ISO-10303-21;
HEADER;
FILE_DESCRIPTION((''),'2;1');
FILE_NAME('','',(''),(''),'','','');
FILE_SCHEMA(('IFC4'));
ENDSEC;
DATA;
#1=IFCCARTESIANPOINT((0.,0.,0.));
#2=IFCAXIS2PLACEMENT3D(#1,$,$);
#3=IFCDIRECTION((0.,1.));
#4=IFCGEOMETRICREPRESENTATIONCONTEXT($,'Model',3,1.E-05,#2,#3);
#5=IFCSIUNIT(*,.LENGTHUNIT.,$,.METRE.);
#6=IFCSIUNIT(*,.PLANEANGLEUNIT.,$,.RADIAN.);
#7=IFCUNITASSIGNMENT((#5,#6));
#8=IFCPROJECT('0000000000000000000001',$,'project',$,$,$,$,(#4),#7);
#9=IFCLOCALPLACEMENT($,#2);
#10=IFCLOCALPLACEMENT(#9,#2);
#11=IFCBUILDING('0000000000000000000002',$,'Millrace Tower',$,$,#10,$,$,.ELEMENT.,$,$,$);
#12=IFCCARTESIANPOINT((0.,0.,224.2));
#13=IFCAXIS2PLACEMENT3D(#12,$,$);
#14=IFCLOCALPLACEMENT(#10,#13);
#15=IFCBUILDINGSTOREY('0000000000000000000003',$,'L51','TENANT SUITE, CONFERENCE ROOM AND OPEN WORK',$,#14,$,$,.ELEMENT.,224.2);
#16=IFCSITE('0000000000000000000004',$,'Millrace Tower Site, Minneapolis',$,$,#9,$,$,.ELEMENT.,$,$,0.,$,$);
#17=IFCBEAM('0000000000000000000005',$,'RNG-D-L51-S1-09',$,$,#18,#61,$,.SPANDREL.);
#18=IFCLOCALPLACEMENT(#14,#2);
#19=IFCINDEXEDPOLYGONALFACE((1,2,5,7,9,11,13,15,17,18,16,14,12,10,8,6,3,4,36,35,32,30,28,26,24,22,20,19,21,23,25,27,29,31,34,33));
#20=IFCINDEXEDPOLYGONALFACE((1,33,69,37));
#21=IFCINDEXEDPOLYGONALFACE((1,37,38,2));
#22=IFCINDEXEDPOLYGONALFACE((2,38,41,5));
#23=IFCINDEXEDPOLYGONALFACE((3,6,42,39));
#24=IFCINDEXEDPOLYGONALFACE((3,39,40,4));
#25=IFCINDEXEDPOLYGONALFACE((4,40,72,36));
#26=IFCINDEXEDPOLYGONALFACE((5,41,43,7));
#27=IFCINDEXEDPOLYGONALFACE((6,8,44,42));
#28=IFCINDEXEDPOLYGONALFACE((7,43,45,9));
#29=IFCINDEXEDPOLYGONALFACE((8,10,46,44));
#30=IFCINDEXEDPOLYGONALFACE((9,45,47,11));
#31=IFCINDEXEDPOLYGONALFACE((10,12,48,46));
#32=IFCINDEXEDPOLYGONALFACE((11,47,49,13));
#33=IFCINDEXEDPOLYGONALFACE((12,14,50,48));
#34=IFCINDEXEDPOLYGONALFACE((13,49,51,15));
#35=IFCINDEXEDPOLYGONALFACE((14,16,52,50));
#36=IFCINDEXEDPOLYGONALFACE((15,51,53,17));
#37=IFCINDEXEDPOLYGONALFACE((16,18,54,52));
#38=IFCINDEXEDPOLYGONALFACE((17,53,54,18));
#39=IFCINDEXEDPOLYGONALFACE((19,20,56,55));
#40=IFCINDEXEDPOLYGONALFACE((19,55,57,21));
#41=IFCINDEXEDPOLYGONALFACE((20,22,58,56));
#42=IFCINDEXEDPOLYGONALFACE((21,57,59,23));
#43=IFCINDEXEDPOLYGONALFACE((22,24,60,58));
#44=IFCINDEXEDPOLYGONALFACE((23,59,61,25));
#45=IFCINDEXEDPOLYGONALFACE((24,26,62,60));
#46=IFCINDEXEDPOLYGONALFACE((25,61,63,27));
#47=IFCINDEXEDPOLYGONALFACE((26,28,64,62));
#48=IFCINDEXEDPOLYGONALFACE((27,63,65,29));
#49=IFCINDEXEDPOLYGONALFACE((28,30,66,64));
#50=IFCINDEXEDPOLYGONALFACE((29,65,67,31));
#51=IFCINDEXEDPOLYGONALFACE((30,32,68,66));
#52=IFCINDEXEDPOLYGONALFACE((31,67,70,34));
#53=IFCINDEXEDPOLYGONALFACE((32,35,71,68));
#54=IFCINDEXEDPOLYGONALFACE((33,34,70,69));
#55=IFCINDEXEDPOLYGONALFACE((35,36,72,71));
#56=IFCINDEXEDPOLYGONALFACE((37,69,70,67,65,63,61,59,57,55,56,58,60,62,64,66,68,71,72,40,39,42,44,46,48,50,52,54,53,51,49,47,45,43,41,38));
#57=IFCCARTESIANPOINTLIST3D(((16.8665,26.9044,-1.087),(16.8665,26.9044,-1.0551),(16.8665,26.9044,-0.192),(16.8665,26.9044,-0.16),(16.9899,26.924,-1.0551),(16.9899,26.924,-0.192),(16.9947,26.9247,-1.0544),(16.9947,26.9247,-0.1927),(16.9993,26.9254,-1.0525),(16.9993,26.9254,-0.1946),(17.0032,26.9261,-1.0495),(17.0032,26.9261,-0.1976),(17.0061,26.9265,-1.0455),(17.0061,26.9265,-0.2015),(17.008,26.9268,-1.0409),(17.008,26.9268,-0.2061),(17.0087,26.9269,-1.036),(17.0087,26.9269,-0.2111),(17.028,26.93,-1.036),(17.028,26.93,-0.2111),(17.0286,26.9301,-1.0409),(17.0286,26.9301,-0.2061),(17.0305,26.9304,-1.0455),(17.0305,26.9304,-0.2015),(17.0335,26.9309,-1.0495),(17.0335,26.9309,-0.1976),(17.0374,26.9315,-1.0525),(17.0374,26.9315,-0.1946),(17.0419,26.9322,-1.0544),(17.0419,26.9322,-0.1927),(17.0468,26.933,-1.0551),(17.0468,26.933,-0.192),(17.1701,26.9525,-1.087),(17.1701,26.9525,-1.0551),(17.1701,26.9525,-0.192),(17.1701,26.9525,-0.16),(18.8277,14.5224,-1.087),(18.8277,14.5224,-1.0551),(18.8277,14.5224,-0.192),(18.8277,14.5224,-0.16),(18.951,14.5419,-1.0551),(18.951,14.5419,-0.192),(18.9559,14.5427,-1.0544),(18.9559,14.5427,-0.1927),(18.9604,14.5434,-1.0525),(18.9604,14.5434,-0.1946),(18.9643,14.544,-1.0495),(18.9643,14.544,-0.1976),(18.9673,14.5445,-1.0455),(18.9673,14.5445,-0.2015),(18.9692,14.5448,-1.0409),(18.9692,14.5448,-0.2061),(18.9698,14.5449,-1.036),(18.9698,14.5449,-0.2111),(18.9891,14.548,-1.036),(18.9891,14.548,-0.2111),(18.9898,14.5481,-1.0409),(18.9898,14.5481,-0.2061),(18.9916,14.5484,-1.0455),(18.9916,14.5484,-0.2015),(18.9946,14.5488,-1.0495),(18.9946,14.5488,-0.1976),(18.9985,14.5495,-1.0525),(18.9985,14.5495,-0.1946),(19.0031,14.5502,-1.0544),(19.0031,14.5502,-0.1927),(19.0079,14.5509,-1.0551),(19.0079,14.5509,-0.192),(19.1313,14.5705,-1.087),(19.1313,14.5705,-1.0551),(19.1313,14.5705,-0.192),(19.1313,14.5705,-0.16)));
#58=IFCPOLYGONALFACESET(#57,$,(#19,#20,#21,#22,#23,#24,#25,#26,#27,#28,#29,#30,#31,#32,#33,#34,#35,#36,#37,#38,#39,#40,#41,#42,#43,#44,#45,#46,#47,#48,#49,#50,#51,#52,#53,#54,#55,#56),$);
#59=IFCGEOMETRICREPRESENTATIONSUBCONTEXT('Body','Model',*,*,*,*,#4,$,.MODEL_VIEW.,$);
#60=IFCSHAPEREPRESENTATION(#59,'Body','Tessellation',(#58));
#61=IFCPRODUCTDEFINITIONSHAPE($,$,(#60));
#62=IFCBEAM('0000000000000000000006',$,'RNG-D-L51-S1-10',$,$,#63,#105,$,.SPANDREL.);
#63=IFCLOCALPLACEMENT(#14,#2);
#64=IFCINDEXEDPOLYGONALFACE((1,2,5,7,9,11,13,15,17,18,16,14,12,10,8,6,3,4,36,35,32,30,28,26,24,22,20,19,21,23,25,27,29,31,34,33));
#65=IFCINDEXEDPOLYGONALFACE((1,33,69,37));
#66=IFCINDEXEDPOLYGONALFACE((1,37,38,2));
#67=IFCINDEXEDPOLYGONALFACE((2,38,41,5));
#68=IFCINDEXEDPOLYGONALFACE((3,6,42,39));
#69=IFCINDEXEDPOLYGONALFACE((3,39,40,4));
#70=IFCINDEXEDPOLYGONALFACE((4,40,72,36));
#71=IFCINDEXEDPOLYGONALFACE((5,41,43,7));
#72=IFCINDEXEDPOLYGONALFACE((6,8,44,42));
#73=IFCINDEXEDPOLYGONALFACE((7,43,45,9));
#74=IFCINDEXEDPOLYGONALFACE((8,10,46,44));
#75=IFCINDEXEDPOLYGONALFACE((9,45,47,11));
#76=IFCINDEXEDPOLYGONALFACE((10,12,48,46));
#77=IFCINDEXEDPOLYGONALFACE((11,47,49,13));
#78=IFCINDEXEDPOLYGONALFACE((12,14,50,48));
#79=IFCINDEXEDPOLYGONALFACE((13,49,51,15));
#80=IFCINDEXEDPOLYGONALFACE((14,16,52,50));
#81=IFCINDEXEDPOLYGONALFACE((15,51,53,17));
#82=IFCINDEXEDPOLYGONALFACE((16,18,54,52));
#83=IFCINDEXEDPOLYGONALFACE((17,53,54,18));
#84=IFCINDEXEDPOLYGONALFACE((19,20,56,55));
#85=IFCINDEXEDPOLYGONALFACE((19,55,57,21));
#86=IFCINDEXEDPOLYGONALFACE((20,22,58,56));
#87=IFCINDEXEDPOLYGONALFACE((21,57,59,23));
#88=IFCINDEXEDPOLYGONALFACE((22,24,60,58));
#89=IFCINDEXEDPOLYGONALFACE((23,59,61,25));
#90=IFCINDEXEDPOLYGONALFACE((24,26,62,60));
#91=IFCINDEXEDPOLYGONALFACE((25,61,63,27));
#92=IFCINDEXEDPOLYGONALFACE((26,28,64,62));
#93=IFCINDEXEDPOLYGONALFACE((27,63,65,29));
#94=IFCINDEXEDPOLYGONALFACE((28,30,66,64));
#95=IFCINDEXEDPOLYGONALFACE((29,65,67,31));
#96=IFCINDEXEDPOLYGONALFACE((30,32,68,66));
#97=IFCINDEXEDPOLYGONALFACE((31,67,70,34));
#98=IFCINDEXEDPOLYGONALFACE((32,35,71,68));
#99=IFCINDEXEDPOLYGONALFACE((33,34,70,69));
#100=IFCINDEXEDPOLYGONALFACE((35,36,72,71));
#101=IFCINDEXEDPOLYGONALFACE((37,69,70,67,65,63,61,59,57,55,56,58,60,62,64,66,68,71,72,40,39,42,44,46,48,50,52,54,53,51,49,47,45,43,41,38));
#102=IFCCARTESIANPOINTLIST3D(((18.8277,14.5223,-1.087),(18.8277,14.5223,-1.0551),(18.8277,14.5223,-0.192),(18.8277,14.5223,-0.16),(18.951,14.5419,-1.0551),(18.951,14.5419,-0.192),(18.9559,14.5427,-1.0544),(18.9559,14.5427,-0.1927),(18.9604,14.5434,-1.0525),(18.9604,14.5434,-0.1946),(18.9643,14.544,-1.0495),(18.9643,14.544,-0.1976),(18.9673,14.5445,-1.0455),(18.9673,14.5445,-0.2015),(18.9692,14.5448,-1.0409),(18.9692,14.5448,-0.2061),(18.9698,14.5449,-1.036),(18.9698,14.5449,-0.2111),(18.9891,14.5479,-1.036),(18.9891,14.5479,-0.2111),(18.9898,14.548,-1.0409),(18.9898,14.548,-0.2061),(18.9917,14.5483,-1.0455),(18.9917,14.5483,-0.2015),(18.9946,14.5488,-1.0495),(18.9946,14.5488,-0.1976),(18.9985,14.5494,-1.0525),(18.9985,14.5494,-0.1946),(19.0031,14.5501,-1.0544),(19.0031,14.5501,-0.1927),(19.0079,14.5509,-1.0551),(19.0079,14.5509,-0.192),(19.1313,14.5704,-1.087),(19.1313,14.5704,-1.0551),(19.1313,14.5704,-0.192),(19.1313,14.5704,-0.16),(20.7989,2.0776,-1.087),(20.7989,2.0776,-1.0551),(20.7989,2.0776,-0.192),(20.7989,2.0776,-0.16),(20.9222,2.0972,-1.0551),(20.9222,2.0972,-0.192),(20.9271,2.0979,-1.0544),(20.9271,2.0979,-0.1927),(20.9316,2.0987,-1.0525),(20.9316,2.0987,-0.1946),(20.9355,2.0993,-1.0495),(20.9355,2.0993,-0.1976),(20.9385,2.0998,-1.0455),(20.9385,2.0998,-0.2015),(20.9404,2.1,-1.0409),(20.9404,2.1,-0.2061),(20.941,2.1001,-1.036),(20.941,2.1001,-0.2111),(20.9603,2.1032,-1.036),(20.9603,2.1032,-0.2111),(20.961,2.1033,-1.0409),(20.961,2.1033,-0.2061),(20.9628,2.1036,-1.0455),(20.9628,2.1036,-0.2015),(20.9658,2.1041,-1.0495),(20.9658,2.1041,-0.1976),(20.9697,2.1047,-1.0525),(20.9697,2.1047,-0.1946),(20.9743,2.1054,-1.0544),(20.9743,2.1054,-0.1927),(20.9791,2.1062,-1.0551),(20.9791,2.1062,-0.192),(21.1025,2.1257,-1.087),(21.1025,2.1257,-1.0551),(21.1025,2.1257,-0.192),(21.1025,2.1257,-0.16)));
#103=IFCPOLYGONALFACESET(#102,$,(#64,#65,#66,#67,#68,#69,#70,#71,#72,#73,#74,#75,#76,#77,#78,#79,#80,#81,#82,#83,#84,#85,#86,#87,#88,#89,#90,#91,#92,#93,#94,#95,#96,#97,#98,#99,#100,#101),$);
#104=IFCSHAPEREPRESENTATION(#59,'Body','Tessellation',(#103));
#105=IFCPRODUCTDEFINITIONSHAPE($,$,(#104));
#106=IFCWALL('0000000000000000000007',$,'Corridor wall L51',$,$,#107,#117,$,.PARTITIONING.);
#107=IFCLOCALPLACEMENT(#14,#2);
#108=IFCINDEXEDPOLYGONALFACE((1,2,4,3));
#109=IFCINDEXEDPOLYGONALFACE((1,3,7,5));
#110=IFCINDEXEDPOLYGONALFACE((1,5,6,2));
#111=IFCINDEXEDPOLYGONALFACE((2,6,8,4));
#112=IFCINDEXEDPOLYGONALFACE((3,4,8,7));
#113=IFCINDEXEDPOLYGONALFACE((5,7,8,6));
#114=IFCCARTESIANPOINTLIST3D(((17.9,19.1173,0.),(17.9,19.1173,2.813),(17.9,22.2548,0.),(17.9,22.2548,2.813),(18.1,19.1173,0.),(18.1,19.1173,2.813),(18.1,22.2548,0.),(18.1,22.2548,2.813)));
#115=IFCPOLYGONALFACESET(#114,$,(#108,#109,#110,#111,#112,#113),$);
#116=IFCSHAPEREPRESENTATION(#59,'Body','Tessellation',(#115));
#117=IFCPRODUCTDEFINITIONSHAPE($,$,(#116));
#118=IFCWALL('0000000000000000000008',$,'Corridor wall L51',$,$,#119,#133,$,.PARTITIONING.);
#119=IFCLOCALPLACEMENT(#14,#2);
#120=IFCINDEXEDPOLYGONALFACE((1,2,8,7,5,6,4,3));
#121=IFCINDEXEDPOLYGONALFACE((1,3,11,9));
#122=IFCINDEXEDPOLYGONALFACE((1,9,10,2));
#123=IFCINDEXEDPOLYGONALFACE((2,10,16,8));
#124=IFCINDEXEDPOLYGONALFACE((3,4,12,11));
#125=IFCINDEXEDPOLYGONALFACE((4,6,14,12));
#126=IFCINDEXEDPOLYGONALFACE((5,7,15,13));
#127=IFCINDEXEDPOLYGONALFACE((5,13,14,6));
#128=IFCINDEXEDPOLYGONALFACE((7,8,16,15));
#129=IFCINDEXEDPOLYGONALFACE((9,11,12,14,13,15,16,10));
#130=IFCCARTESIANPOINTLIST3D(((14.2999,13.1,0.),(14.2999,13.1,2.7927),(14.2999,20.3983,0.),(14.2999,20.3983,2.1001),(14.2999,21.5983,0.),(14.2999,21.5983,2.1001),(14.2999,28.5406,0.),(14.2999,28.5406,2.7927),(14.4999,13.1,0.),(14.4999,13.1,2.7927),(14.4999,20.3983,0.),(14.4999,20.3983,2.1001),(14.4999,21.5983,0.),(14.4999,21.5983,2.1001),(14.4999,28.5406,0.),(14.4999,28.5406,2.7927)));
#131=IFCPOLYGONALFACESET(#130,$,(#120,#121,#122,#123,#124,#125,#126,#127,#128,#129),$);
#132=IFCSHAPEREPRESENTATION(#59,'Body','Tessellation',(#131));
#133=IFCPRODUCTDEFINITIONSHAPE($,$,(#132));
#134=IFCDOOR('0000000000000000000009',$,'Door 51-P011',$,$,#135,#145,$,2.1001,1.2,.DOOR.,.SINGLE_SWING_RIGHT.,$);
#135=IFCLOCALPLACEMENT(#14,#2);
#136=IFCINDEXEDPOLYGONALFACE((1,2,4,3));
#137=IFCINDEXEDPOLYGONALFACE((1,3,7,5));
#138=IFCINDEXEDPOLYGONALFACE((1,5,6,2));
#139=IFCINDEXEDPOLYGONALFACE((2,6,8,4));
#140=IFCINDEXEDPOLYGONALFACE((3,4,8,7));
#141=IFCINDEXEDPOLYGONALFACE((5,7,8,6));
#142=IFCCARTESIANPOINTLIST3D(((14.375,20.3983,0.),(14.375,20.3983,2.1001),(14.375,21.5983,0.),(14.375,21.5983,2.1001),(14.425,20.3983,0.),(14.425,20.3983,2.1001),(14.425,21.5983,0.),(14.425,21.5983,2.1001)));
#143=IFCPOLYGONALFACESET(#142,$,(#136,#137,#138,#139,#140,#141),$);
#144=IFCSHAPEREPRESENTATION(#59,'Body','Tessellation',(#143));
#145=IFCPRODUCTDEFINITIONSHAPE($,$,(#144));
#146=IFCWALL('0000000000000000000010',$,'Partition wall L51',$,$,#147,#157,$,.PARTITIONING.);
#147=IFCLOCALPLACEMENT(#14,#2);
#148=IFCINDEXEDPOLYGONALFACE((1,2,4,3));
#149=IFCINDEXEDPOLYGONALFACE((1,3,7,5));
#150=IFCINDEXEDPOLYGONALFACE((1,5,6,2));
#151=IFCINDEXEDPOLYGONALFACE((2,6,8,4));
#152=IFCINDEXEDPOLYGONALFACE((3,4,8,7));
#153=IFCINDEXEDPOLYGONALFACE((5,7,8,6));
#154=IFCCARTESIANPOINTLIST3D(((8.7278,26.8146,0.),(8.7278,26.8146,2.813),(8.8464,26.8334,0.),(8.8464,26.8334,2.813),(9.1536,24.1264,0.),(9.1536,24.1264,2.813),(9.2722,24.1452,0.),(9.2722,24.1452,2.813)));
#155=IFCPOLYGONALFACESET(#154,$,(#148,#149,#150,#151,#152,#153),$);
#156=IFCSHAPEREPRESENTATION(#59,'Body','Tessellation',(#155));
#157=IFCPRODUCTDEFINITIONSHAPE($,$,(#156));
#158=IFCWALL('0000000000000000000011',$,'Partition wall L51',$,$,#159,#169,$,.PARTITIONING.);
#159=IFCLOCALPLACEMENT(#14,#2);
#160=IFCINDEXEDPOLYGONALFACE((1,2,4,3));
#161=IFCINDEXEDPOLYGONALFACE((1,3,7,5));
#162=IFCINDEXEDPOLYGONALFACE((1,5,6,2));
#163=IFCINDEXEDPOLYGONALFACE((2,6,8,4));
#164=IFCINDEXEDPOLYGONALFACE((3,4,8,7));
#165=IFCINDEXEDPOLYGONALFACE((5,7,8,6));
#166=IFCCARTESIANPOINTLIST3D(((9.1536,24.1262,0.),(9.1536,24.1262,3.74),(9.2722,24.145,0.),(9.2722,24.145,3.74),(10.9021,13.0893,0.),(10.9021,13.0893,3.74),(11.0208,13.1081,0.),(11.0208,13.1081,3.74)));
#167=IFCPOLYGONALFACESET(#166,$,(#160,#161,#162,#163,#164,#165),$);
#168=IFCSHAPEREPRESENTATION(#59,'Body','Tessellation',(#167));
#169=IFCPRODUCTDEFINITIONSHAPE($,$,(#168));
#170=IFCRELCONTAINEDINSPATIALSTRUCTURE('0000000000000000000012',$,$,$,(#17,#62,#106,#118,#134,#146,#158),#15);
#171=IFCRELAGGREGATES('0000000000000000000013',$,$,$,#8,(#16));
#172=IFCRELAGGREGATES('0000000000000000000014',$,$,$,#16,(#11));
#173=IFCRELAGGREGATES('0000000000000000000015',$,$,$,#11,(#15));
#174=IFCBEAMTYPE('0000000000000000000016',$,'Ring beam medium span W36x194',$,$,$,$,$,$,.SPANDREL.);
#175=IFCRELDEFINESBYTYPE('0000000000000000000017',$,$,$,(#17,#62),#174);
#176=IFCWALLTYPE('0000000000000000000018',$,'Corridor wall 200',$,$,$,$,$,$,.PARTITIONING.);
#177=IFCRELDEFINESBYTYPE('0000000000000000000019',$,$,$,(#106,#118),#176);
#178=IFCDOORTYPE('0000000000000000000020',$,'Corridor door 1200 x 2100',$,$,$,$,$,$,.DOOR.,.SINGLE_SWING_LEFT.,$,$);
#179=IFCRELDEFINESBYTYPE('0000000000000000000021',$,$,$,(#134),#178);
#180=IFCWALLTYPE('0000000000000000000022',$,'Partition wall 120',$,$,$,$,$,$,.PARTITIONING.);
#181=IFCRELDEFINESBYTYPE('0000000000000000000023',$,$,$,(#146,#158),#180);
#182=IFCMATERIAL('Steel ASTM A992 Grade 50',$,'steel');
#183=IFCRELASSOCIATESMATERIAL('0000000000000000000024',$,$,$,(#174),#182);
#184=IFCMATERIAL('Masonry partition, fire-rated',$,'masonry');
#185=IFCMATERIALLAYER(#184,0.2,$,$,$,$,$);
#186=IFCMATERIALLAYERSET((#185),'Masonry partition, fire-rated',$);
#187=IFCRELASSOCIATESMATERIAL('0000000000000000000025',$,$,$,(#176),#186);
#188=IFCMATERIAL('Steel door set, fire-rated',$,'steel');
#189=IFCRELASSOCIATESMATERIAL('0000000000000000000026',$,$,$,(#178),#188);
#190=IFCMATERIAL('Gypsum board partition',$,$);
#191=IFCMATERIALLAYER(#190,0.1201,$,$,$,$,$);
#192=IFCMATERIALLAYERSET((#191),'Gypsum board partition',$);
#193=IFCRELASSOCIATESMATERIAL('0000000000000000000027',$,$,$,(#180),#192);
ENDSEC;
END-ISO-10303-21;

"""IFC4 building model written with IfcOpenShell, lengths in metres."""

from ifc_helpers import new_model, si_unit, direction, frame, frame_2d, origin, origin_2d, place, context, subcontext, project, spatial, rectangle, i_section, extrude, material, layer, layer_set, material_profile, profile_set, type_object, element, fill, save


model = new_model("IFC4")

# Units and contexts
model_context = context("Model", 3, precision=1e-05, world=origin(), true_north=direction((0.0, 1.0)))
body_context = subcontext(model_context, "Body", "Model", "MODEL_VIEW")
ifc_project = project(units=[si_unit("LENGTHUNIT", "METRE"), si_unit("PLANEANGLEUNIT", "RADIAN")], contexts=[model_context])

# Site, building, storey
site_placement = place(None, origin())
site = spatial("IfcSite", under=ifc_project, at=site_placement, Name="Millrace Tower Site, Minneapolis", CompositionType="ELEMENT", RefElevation=0.0)
building_placement = place(site_placement, origin())
building = spatial("IfcBuilding", under=site, at=building_placement, Name="Millrace Tower", CompositionType="ELEMENT")
storey_placement = place(building_placement, frame((0.0, 0.0, 224.2)))
storey = spatial("IfcBuildingStorey", under=building, at=storey_placement, Name="L51", Description="TENANT SUITE, CONFERENCE ROOM AND OPEN WORK", CompositionType="ELEMENT", Elevation=224.2)

# Beams
ifc_material_1 = material(Name="Steel ASTM A992 Grade 50", Category="steel")
ifc_material_profile_1 = material_profile(ifc_material_1, i_section(OverallWidth=0.3074, OverallDepth=0.927, WebThickness=0.0195, FlangeThickness=0.032, FilletRadius=0.019, at=origin_2d()))
ifc_profile_set_1 = profile_set([ifc_material_profile_1], Name="Steel ASTM A992 Grade 50")
beam_type_1 = type_object("IfcBeamType", Name="Ring beam medium span W36x194", PredefinedType="SPANDREL", material=ifc_profile_set_1)
beam_1_placement = place(storey_placement, frame((17.0183, 26.9285, -0.6235), z_axis=(0.156439, -0.987688, 0.0), x_axis=(0.987688, 0.156439, 0.0)))
element("IfcBeam", 1, at=beam_1_placement, inside=storey, type_object=beam_type_1, Name="RNG-D-L51-S1-09", PredefinedType="SPANDREL", context=body_context, shape_type="SweptSolid", body=[
    extrude(i_section(OverallWidth=0.3074, OverallDepth=0.927, WebThickness=0.0195, FlangeThickness=0.032, FilletRadius=0.019, at=origin_2d()), origin(), (0.0, 0.0, 1.0), 12.5364),
])
beam_2_placement = place(storey_placement, frame((18.9795, 14.5464, -0.6235), z_axis=(0.156444, -0.987687, 0.0), x_axis=(0.987687, 0.156444, 0.0)))
element("IfcBeam", 2, at=beam_2_placement, inside=storey, type_object=beam_type_1, Name="RNG-D-L51-S1-10", PredefinedType="SPANDREL", context=body_context, shape_type="SweptSolid", body=[
    extrude(i_section(OverallWidth=0.3074, OverallDepth=0.927, WebThickness=0.0195, FlangeThickness=0.032, FilletRadius=0.019, at=origin_2d()), origin(), (0.0, 0.0, 1.0), 12.5999),
])

# Wall
ifc_material_2 = material(Name="Masonry partition, fire-rated", Category="masonry")
ifc_layer_1 = layer(ifc_material_2, 0.2)
ifc_layer_set_1 = layer_set([ifc_layer_1], Name="Masonry partition, fire-rated")
wall_type_1 = type_object("IfcWallType", Name="Corridor wall 200", PredefinedType="PARTITIONING", material=ifc_layer_set_1)
wall_1_placement = place(storey_placement, frame((18.0, 19.1172, 0.0), z_axis=(0.0, 0.0, 1.0), x_axis=(0.0, 1.0, 0.0)))
element("IfcWall", 3, at=wall_1_placement, inside=storey, type_object=wall_type_1, Name="Corridor wall L51", PredefinedType="PARTITIONING", context=body_context, shape_type="SweptSolid", body=[
    extrude(rectangle(XDim=3.1375, YDim=0.2, at=frame_2d((1.5688, 0.0))), origin(), (0.0, 0.0, 1.0), 2.813),
])

# Wall, opening, door
wall_2_placement = place(storey_placement, frame((14.3999, 13.1001, 0.0), z_axis=(0.0, 0.0, 1.0), x_axis=(0.0, 1.0, 0.0)))
wall_2 = element("IfcWall", 4, at=wall_2_placement, inside=storey, type_object=wall_type_1, Name="Corridor wall L51", PredefinedType="PARTITIONING", context=body_context, shape_type="SweptSolid", body=[
    extrude(rectangle(XDim=15.4407, YDim=0.2, at=frame_2d((7.7202, 0.0))), origin(), (0.0, 0.0, 1.0), 2.7927),
])
opening_placement = place(wall_2_placement, frame((7.2981, 0.0, 0.0)))
opening = element("IfcOpeningElement", 5, at=opening_placement, cuts=wall_2, PredefinedType="OPENING", context=body_context, shape_type="SweptSolid", body=[
    extrude(rectangle(XDim=1.2, YDim=2.1001, at=frame_2d((0.6001, 1.05))), frame((0.0, 0.1099, 0.0), z_axis=(0.0, -1.0, 0.0), x_axis=(1.0, 0.0, 0.0)), (0.0, 0.0, 1.0), 0.22),
])
ifc_material_3 = material(Name="Steel door set, fire-rated", Category="steel")
door_type = type_object("IfcDoorType", Name="Corridor door 1200 x 2100", OperationType="SINGLE_SWING_LEFT", PredefinedType="DOOR", material=ifc_material_3)
door_placement = place(opening_placement, origin())
door = element("IfcDoor", 6, at=door_placement, inside=storey, type_object=door_type, Name="Door 51-P011", OperationType="SINGLE_SWING_RIGHT", OverallHeight=2.1001, OverallWidth=1.2, PredefinedType="DOOR", context=body_context, shape_type="SweptSolid", body=[
    extrude(rectangle(XDim=1.2, YDim=2.1001, at=frame_2d((0.6001, 1.05))), frame((0.0, 0.0249, 0.0), z_axis=(0.0, -1.0, 0.0), x_axis=(1.0, 0.0, 0.0)), (0.0, 0.0, 1.0), 0.05),
])
fill(opening, door)

# Walls
ifc_material_4 = material(Name="Gypsum board partition")
ifc_layer_2 = layer(ifc_material_4, 0.1201)
ifc_layer_set_2 = layer_set([ifc_layer_2], Name="Gypsum board partition")
wall_type_2 = type_object("IfcWallType", Name="Partition wall 120", PredefinedType="PARTITIONING", material=ifc_layer_set_2)
wall_3_placement = place(storey_placement, frame((8.7871, 26.824, 0.0), z_axis=(0.0, 0.0, 1.0), x_axis=(0.156437, -0.987688, 0.0)))
element("IfcWall", 7, at=wall_3_placement, inside=storey, type_object=wall_type_2, Name="Partition wall L51", PredefinedType="PARTITIONING", context=body_context, shape_type="SweptSolid", body=[
    extrude(rectangle(XDim=2.7217, YDim=0.1201, at=frame_2d((1.3608, 0.0))), origin(), (0.0, 0.0, 1.0), 2.813),
])
wall_4_placement = place(storey_placement, frame((9.2129, 24.1357, 0.0), z_axis=(0.0, 0.0, 1.0), x_axis=(0.156475, -0.987682, 0.0)))
element("IfcWall", 8, at=wall_4_placement, inside=storey, type_object=wall_type_2, Name="Partition wall L51", PredefinedType="PARTITIONING", context=body_context, shape_type="SweptSolid", body=[
    extrude(rectangle(XDim=11.1746, YDim=0.1201, at=frame_2d((5.5874, 0.0))), origin(), (0.0, 0.0, 1.0), 3.74),
])

save(model, "model.ifc")
